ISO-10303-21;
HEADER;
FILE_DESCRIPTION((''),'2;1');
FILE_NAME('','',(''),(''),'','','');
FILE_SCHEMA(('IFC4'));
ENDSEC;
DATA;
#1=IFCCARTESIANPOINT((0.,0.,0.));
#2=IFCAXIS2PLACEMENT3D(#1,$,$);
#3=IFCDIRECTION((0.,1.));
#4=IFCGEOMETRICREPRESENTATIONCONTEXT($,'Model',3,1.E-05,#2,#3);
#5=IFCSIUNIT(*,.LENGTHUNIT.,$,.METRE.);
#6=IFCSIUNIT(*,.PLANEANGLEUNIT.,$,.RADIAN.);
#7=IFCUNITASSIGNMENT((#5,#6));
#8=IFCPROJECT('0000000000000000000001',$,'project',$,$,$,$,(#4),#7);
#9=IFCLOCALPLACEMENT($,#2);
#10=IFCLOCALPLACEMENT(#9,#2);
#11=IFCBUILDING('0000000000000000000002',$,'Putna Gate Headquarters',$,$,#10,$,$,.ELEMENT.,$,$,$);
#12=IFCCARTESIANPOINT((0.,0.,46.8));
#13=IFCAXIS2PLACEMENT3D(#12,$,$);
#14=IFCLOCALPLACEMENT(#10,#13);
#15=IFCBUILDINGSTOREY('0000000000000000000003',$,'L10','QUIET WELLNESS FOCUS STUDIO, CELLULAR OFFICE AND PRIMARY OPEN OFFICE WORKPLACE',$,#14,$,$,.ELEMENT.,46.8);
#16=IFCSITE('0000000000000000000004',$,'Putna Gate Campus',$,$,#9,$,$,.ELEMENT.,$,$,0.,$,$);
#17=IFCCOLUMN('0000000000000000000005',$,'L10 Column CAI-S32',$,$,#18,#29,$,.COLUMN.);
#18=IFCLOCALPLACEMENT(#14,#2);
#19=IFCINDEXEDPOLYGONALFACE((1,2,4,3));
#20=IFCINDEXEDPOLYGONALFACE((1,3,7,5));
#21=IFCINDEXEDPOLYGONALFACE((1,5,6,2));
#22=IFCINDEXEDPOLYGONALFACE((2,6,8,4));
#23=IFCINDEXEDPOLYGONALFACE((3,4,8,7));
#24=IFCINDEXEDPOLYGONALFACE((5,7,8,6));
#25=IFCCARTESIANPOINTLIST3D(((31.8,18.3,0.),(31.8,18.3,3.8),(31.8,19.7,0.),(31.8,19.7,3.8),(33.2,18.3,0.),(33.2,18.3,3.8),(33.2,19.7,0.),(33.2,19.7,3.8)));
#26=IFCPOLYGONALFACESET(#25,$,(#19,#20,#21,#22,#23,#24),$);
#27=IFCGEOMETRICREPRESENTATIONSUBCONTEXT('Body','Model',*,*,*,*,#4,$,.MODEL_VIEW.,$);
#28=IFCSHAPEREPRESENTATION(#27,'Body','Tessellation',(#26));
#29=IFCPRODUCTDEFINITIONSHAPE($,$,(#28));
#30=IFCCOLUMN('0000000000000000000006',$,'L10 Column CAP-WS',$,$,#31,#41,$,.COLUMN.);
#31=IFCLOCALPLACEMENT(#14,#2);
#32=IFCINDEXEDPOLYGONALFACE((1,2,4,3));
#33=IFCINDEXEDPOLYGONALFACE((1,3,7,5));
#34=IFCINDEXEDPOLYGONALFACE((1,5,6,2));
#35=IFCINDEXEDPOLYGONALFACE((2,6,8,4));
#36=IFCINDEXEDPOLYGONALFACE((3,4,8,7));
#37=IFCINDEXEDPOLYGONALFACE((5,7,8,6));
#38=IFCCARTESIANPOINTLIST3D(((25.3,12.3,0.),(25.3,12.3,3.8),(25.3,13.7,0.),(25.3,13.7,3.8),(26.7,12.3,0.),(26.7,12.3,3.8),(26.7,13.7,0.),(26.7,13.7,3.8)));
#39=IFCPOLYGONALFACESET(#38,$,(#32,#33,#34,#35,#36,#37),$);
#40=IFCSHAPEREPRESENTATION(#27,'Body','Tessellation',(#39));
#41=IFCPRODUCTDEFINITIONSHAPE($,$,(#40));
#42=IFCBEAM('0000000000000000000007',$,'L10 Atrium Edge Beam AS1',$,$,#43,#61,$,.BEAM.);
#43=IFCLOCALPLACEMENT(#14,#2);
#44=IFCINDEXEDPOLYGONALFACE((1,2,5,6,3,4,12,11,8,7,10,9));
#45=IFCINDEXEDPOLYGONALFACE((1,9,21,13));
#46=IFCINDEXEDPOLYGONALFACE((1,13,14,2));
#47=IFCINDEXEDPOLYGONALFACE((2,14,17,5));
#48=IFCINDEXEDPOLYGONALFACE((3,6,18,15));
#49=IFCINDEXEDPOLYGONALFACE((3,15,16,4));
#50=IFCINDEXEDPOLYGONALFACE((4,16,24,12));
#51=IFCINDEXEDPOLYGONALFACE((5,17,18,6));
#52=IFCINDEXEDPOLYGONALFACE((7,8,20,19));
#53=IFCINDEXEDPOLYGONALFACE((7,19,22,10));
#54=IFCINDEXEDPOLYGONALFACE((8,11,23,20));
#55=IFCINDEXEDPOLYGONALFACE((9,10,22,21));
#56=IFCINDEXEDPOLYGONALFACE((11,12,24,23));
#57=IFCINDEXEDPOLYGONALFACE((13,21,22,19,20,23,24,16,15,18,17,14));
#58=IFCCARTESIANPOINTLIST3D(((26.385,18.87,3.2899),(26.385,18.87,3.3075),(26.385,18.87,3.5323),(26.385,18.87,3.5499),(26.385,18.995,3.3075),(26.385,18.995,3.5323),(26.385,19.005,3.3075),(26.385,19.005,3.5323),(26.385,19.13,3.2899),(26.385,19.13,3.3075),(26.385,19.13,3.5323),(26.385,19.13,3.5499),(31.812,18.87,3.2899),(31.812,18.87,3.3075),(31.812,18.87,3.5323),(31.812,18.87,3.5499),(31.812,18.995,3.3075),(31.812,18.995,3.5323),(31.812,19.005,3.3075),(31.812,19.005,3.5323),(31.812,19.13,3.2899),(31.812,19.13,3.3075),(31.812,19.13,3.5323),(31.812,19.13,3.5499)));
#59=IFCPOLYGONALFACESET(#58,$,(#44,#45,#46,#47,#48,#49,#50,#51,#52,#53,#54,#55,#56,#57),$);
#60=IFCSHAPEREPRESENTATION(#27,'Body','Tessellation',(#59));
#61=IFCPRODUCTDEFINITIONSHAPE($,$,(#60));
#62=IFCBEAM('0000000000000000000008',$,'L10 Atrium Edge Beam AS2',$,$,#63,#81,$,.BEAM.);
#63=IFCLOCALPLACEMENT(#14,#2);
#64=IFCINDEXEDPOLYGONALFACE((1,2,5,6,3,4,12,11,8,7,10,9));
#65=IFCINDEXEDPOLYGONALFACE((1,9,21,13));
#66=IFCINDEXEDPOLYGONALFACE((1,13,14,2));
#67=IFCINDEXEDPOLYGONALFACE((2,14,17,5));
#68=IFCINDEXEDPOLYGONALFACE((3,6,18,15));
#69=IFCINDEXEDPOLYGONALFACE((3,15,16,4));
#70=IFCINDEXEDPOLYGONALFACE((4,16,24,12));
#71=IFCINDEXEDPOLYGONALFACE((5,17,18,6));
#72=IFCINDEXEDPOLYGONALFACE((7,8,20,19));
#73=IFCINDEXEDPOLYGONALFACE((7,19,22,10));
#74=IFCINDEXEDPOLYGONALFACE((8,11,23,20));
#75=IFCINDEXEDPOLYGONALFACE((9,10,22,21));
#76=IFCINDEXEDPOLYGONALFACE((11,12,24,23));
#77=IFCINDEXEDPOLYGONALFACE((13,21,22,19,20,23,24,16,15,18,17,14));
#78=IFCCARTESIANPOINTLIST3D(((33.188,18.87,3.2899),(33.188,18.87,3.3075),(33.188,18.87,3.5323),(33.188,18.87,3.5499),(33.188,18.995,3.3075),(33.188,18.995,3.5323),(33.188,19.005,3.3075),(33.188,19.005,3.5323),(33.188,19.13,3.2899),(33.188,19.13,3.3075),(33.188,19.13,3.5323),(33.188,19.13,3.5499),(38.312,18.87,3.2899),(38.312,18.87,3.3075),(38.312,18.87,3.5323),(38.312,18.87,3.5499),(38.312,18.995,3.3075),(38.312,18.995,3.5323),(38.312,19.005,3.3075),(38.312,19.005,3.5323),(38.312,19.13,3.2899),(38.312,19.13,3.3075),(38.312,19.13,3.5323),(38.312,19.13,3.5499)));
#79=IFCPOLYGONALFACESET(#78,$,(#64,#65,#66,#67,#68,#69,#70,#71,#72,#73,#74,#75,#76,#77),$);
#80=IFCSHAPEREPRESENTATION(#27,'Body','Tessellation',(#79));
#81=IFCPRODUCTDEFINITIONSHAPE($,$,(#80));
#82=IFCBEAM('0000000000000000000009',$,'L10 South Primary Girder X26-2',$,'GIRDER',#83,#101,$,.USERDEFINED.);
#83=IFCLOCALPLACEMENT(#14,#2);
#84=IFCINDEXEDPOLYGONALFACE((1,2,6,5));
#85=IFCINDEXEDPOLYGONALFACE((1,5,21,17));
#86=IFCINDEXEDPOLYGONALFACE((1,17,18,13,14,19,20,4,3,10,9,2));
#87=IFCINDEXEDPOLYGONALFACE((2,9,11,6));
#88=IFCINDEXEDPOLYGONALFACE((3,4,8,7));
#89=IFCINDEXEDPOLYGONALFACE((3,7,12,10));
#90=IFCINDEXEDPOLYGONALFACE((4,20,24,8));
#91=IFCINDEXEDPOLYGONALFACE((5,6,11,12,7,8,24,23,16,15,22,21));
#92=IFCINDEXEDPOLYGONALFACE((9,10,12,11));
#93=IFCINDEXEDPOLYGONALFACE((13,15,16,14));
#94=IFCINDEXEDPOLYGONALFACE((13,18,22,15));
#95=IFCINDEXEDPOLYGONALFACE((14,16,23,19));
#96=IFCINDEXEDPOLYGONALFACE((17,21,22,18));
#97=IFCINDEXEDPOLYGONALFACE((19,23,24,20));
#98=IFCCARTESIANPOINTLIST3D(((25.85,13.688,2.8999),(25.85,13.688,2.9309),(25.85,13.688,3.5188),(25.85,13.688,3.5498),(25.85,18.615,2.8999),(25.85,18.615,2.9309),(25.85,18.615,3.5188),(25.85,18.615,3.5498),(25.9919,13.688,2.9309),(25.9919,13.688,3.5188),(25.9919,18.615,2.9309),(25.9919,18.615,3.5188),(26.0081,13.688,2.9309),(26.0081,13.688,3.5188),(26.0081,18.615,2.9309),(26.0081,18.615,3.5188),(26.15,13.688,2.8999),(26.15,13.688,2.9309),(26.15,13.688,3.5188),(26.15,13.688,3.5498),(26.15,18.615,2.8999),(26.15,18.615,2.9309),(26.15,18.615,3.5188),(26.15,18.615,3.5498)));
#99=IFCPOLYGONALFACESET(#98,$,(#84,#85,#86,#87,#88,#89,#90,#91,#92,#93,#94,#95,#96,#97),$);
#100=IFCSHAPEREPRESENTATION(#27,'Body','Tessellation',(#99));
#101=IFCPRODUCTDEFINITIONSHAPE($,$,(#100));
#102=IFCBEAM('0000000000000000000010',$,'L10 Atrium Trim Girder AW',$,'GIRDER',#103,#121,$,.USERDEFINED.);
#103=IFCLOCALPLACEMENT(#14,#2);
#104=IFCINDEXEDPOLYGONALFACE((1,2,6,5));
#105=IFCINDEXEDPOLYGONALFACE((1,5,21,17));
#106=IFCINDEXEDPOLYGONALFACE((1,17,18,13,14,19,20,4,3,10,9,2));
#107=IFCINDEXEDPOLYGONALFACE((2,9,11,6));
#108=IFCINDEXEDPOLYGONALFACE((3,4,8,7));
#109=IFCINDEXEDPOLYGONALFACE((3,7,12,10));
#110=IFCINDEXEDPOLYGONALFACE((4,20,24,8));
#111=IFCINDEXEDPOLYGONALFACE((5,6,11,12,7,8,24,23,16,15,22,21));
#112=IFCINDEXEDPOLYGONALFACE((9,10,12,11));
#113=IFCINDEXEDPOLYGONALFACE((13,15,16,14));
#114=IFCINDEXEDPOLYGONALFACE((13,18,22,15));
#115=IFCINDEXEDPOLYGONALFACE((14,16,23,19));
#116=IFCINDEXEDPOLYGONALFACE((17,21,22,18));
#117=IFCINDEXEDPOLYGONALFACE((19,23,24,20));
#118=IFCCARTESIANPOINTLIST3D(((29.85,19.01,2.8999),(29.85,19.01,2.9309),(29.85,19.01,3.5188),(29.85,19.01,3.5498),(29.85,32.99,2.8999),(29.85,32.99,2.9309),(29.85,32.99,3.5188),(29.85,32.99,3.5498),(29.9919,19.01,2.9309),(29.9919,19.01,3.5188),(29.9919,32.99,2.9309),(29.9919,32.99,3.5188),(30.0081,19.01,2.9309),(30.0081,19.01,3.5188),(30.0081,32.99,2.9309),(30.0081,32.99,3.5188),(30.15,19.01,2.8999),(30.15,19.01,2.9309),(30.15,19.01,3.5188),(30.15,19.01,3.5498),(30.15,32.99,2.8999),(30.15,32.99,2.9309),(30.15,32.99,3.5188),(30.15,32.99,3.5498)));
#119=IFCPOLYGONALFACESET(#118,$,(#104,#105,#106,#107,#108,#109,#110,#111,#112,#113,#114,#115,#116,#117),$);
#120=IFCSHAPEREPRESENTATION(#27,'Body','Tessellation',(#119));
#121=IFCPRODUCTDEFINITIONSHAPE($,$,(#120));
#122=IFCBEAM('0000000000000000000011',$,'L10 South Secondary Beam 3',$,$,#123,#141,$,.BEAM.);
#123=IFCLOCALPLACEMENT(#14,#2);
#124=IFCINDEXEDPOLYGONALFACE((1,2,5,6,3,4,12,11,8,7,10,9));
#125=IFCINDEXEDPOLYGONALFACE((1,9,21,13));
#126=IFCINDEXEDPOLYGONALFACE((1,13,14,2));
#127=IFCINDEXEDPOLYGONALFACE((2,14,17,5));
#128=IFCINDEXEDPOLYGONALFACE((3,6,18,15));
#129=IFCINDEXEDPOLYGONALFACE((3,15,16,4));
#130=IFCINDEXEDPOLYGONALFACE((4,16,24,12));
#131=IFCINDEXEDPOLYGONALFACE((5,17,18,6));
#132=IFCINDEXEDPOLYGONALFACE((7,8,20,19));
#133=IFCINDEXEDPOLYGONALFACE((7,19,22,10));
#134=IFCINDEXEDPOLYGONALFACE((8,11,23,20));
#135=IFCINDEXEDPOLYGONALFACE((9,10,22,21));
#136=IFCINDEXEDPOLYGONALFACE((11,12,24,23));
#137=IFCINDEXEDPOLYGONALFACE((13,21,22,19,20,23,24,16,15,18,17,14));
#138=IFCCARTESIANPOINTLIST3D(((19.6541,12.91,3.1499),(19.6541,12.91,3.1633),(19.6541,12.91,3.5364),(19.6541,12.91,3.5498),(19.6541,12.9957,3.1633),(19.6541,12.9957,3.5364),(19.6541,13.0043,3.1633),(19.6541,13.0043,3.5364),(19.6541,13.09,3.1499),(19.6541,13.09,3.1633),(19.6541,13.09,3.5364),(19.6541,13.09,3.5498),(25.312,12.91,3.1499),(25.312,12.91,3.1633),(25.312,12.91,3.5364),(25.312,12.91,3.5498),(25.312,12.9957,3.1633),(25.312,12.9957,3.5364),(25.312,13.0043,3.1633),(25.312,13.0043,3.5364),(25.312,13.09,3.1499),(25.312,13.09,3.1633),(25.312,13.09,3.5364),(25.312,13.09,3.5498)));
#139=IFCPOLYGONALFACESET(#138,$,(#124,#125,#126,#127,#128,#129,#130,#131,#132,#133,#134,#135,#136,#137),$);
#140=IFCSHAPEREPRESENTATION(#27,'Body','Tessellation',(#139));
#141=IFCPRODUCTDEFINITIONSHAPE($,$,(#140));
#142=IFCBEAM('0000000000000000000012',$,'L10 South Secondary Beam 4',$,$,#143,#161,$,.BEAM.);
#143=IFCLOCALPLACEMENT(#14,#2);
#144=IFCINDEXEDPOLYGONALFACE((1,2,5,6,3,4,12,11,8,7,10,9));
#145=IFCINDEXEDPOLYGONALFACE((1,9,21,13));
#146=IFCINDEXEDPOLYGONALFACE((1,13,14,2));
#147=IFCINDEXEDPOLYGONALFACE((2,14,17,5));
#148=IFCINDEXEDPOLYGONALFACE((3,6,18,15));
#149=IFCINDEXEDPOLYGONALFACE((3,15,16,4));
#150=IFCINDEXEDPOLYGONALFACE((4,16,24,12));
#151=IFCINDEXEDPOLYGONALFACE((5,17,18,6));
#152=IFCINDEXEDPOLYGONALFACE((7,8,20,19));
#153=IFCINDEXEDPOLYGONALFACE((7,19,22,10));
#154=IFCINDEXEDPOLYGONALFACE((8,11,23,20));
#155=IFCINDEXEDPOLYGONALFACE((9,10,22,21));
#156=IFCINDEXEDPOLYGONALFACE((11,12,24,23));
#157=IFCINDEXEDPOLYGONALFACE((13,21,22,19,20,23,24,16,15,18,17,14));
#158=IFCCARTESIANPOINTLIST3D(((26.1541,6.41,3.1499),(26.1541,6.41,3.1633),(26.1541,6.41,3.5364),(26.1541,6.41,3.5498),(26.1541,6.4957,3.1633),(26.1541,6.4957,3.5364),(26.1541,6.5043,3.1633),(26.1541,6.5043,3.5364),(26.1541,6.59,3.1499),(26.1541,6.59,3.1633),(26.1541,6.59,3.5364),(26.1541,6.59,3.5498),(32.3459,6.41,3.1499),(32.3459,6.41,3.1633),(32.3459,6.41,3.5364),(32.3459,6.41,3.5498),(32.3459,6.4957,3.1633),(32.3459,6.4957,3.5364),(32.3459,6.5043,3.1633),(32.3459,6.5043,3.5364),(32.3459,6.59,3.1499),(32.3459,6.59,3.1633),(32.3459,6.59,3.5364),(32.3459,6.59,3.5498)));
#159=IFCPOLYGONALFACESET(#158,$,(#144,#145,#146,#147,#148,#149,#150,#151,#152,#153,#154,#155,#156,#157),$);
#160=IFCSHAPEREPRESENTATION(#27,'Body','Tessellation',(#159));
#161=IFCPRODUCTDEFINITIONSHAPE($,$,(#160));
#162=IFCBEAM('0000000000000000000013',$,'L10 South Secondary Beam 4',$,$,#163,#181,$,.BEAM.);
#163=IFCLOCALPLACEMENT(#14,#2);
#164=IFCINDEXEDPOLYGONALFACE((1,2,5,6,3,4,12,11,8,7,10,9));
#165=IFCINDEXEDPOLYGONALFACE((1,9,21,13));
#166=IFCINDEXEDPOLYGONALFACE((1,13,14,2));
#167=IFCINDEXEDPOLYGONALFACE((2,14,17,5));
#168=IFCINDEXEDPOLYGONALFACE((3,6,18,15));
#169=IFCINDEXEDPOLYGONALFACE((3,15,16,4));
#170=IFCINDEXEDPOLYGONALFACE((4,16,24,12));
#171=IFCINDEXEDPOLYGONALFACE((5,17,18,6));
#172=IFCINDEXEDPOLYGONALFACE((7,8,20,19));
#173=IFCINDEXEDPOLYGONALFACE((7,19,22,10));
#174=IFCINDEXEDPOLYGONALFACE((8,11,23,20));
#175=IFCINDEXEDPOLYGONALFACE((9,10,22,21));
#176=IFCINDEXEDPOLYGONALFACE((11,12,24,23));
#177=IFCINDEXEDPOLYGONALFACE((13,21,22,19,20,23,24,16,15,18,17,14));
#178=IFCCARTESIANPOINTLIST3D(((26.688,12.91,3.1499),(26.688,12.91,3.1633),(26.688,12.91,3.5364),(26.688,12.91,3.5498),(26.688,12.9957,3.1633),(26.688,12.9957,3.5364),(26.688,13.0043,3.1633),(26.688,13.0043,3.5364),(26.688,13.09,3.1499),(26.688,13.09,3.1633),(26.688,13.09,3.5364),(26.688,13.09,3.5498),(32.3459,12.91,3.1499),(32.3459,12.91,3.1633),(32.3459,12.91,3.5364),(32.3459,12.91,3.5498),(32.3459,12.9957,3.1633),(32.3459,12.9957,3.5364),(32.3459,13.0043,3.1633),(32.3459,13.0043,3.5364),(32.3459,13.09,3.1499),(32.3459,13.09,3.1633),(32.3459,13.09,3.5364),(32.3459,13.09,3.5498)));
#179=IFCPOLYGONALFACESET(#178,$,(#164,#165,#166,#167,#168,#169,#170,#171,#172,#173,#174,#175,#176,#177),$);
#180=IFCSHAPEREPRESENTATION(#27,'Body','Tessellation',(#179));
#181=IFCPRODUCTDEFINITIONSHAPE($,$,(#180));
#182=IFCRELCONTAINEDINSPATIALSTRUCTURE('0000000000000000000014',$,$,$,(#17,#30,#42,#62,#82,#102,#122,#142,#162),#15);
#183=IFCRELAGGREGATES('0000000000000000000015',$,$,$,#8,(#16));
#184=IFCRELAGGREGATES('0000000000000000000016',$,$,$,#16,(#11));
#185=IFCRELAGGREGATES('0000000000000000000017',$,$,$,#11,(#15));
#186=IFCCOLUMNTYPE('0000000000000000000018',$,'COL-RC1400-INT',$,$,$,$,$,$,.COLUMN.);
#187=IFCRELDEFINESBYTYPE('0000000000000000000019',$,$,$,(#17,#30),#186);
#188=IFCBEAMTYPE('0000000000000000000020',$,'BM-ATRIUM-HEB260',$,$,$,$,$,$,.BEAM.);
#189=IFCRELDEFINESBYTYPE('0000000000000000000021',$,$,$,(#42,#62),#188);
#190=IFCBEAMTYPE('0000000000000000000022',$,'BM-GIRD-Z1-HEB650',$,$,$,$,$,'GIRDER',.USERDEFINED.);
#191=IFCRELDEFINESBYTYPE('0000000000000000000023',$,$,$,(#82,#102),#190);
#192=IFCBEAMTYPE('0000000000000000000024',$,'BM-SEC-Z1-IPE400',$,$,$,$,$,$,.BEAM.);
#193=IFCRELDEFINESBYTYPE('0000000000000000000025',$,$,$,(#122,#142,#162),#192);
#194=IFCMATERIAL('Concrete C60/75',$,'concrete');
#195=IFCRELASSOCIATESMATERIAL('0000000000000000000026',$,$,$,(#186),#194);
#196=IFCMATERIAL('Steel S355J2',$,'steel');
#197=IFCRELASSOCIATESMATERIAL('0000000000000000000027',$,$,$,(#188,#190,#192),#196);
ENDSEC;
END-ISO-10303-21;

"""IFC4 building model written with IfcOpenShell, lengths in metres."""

from ifc_helpers import new_model, si_unit, direction, frame, origin, origin_2d, place, context, subcontext, project, spatial, rectangle, i_section, extrude, material, material_profile, profile_set, type_object, element, save


model = new_model("IFC4")

# Units and contexts
model_context = context("Model", 3, precision=1e-05, world=origin(), true_north=direction((0.0, 1.0)))
body_context = subcontext(model_context, "Body", "Model", "MODEL_VIEW")
ifc_project = project(units=[si_unit("LENGTHUNIT", "METRE"), si_unit("PLANEANGLEUNIT", "RADIAN")], contexts=[model_context])

# Site, building, storey
site_placement = place(None, origin())
site = spatial("IfcSite", under=ifc_project, at=site_placement, Name="Putna Gate Campus", CompositionType="ELEMENT", RefElevation=0.0)
building_placement = place(site_placement, origin())
building = spatial("IfcBuilding", under=site, at=building_placement, Name="Putna Gate Headquarters", CompositionType="ELEMENT")
storey_placement = place(building_placement, frame((0.0, 0.0, 46.8)))
storey = spatial("IfcBuildingStorey", under=building, at=storey_placement, Name="L10", Description="QUIET WELLNESS FOCUS STUDIO, CELLULAR OFFICE AND PRIMARY OPEN OFFICE WORKPLACE", CompositionType="ELEMENT", Elevation=46.8)

# Columns
ifc_material_1 = material(Name="Concrete C60/75", Category="concrete")
ifc_material_profile_1 = material_profile(ifc_material_1, rectangle(XDim=1.3999, YDim=1.3999, at=origin_2d()), Name="Concrete C60/75")
ifc_profile_set_1 = profile_set([ifc_material_profile_1], Name="Concrete C60/75")
column_type = type_object("IfcColumnType", Name="COL-RC1400-INT", PredefinedType="COLUMN", material=ifc_profile_set_1)
for number, where, z_axis, x_axis, name in (
    (1, (32.5, 19.0, 0.0), (0.0, 0.0, 1.0), (1.0, 0.0, 0.0), "L10 Column CAI-S32"),
    (2, (26.0, 13.0, 0.0), (0.0, 0.0, 1.0), (1.0, 0.0, 0.0), "L10 Column CAP-WS"),
):
    element("IfcColumn", number, at=place(storey_placement, frame(where, z_axis=z_axis, x_axis=x_axis)), inside=storey, type_object=column_type, Name=name, PredefinedType="COLUMN", context=body_context, shape_type="SweptSolid", body=[
        extrude(rectangle(XDim=1.3999, YDim=1.3999, at=origin_2d()), origin(), (0.0, 0.0, 1.0), 3.8),
    ])

# Beams
ifc_material_2 = material(Name="Steel S355J2", Category="steel")
ifc_material_profile_2 = material_profile(ifc_material_2, i_section(OverallWidth=0.26, OverallDepth=0.26, WebThickness=0.01, FlangeThickness=0.0176, at=origin_2d()), Name="Steel S355J2")
ifc_profile_set_2 = profile_set([ifc_material_profile_2], Name="Steel S355J2")
beam_type_1 = type_object("IfcBeamType", Name="BM-ATRIUM-HEB260", PredefinedType="BEAM", material=ifc_profile_set_2)
beam_1_placement = place(storey_placement, frame((26.385, 19.0, 3.4199), z_axis=(1.0, 0.0, 0.0), x_axis=(0.0, 1.0, 0.0)))
element("IfcBeam", 3, at=beam_1_placement, inside=storey, type_object=beam_type_1, Name="L10 Atrium Edge Beam AS1", PredefinedType="BEAM", context=body_context, shape_type="SweptSolid", body=[
    extrude(i_section(OverallWidth=0.26, OverallDepth=0.26, WebThickness=0.01, FlangeThickness=0.0176, at=origin_2d()), origin(), (0.0, 0.0, 1.0), 5.427),
])
beam_2_placement = place(storey_placement, frame((33.188, 19.0, 3.4199), z_axis=(1.0, 0.0, 0.0), x_axis=(0.0, 1.0, 0.0)))
element("IfcBeam", 4, at=beam_2_placement, inside=storey, type_object=beam_type_1, Name="L10 Atrium Edge Beam AS2", PredefinedType="BEAM", context=body_context, shape_type="SweptSolid", body=[
    extrude(i_section(OverallWidth=0.26, OverallDepth=0.26, WebThickness=0.01, FlangeThickness=0.0176, at=origin_2d()), origin(), (0.0, 0.0, 1.0), 5.124),
])
ifc_material_profile_3 = material_profile(ifc_material_2, i_section(OverallWidth=0.3, OverallDepth=0.6499, WebThickness=0.0161, FlangeThickness=0.031, at=origin_2d()), Name="Steel S355J2")
ifc_profile_set_3 = profile_set([ifc_material_profile_3], Name="Steel S355J2")
beam_type_2 = type_object("IfcBeamType", Name="BM-GIRD-Z1-HEB650", ElementType="GIRDER", PredefinedType="USERDEFINED", material=ifc_profile_set_3)
beam_3_placement = place(storey_placement, frame((26.0, 13.688, 3.2249), z_axis=(0.0, 1.0, 0.0), x_axis=(-1.0, 0.0, 0.0)))
element("IfcBeam", 5, at=beam_3_placement, inside=storey, type_object=beam_type_2, Name="L10 South Primary Girder X26-2", ObjectType="GIRDER", PredefinedType="USERDEFINED", context=body_context, shape_type="SweptSolid", body=[
    extrude(i_section(OverallWidth=0.3, OverallDepth=0.6499, WebThickness=0.0161, FlangeThickness=0.031, at=origin_2d()), origin(), (0.0, 0.0, 1.0), 4.927),
])
beam_4_placement = place(storey_placement, frame((30.0, 19.01, 3.2249), z_axis=(0.0, 1.0, 0.0), x_axis=(-1.0, 0.0, 0.0)))
element("IfcBeam", 6, at=beam_4_placement, inside=storey, type_object=beam_type_2, Name="L10 Atrium Trim Girder AW", ObjectType="GIRDER", PredefinedType="USERDEFINED", context=body_context, shape_type="SweptSolid", body=[
    extrude(i_section(OverallWidth=0.3, OverallDepth=0.6499, WebThickness=0.0161, FlangeThickness=0.031, at=origin_2d()), origin(), (0.0, 0.0, 1.0), 13.98),
])
ifc_material_profile_4 = material_profile(ifc_material_2, i_section(OverallWidth=0.1799, OverallDepth=0.3999, WebThickness=0.0085, FlangeThickness=0.0134, at=origin_2d()), Name="Steel S355J2")
ifc_profile_set_4 = profile_set([ifc_material_profile_4], Name="Steel S355J2")
beam_type_3 = type_object("IfcBeamType", Name="BM-SEC-Z1-IPE400", PredefinedType="BEAM", material=ifc_profile_set_4)
beam_5_placement = place(storey_placement, frame((19.6541, 13.0, 3.3499), z_axis=(1.0, 0.0, 0.0), x_axis=(0.0, 1.0, 0.0)))
element("IfcBeam", 7, at=beam_5_placement, inside=storey, type_object=beam_type_3, Name="L10 South Secondary Beam 3", PredefinedType="BEAM", context=body_context, shape_type="SweptSolid", body=[
    extrude(i_section(OverallWidth=0.1799, OverallDepth=0.3999, WebThickness=0.0085, FlangeThickness=0.0134, at=origin_2d()), origin(), (0.0, 0.0, 1.0), 5.658),
])
beam_6_placement = place(storey_placement, frame((26.1541, 6.5, 3.3499), z_axis=(1.0, 0.0, 0.0), x_axis=(0.0, 1.0, 0.0)))
element("IfcBeam", 8, at=beam_6_placement, inside=storey, type_object=beam_type_3, Name="L10 South Secondary Beam 4", PredefinedType="BEAM", context=body_context, shape_type="SweptSolid", body=[
    extrude(i_section(OverallWidth=0.1799, OverallDepth=0.3999, WebThickness=0.0085, FlangeThickness=0.0134, at=origin_2d()), origin(), (0.0, 0.0, 1.0), 6.1919),
])
beam_7_placement = place(storey_placement, frame((26.688, 13.0, 3.3499), z_axis=(1.0, 0.0, 0.0), x_axis=(0.0, 1.0, 0.0)))
element("IfcBeam", 9, at=beam_7_placement, inside=storey, type_object=beam_type_3, Name="L10 South Secondary Beam 4", PredefinedType="BEAM", context=body_context, shape_type="SweptSolid", body=[
    extrude(i_section(OverallWidth=0.1799, OverallDepth=0.3999, WebThickness=0.0085, FlangeThickness=0.0134, at=origin_2d()), origin(), (0.0, 0.0, 1.0), 5.658),
])

save(model, "model.ifc")
